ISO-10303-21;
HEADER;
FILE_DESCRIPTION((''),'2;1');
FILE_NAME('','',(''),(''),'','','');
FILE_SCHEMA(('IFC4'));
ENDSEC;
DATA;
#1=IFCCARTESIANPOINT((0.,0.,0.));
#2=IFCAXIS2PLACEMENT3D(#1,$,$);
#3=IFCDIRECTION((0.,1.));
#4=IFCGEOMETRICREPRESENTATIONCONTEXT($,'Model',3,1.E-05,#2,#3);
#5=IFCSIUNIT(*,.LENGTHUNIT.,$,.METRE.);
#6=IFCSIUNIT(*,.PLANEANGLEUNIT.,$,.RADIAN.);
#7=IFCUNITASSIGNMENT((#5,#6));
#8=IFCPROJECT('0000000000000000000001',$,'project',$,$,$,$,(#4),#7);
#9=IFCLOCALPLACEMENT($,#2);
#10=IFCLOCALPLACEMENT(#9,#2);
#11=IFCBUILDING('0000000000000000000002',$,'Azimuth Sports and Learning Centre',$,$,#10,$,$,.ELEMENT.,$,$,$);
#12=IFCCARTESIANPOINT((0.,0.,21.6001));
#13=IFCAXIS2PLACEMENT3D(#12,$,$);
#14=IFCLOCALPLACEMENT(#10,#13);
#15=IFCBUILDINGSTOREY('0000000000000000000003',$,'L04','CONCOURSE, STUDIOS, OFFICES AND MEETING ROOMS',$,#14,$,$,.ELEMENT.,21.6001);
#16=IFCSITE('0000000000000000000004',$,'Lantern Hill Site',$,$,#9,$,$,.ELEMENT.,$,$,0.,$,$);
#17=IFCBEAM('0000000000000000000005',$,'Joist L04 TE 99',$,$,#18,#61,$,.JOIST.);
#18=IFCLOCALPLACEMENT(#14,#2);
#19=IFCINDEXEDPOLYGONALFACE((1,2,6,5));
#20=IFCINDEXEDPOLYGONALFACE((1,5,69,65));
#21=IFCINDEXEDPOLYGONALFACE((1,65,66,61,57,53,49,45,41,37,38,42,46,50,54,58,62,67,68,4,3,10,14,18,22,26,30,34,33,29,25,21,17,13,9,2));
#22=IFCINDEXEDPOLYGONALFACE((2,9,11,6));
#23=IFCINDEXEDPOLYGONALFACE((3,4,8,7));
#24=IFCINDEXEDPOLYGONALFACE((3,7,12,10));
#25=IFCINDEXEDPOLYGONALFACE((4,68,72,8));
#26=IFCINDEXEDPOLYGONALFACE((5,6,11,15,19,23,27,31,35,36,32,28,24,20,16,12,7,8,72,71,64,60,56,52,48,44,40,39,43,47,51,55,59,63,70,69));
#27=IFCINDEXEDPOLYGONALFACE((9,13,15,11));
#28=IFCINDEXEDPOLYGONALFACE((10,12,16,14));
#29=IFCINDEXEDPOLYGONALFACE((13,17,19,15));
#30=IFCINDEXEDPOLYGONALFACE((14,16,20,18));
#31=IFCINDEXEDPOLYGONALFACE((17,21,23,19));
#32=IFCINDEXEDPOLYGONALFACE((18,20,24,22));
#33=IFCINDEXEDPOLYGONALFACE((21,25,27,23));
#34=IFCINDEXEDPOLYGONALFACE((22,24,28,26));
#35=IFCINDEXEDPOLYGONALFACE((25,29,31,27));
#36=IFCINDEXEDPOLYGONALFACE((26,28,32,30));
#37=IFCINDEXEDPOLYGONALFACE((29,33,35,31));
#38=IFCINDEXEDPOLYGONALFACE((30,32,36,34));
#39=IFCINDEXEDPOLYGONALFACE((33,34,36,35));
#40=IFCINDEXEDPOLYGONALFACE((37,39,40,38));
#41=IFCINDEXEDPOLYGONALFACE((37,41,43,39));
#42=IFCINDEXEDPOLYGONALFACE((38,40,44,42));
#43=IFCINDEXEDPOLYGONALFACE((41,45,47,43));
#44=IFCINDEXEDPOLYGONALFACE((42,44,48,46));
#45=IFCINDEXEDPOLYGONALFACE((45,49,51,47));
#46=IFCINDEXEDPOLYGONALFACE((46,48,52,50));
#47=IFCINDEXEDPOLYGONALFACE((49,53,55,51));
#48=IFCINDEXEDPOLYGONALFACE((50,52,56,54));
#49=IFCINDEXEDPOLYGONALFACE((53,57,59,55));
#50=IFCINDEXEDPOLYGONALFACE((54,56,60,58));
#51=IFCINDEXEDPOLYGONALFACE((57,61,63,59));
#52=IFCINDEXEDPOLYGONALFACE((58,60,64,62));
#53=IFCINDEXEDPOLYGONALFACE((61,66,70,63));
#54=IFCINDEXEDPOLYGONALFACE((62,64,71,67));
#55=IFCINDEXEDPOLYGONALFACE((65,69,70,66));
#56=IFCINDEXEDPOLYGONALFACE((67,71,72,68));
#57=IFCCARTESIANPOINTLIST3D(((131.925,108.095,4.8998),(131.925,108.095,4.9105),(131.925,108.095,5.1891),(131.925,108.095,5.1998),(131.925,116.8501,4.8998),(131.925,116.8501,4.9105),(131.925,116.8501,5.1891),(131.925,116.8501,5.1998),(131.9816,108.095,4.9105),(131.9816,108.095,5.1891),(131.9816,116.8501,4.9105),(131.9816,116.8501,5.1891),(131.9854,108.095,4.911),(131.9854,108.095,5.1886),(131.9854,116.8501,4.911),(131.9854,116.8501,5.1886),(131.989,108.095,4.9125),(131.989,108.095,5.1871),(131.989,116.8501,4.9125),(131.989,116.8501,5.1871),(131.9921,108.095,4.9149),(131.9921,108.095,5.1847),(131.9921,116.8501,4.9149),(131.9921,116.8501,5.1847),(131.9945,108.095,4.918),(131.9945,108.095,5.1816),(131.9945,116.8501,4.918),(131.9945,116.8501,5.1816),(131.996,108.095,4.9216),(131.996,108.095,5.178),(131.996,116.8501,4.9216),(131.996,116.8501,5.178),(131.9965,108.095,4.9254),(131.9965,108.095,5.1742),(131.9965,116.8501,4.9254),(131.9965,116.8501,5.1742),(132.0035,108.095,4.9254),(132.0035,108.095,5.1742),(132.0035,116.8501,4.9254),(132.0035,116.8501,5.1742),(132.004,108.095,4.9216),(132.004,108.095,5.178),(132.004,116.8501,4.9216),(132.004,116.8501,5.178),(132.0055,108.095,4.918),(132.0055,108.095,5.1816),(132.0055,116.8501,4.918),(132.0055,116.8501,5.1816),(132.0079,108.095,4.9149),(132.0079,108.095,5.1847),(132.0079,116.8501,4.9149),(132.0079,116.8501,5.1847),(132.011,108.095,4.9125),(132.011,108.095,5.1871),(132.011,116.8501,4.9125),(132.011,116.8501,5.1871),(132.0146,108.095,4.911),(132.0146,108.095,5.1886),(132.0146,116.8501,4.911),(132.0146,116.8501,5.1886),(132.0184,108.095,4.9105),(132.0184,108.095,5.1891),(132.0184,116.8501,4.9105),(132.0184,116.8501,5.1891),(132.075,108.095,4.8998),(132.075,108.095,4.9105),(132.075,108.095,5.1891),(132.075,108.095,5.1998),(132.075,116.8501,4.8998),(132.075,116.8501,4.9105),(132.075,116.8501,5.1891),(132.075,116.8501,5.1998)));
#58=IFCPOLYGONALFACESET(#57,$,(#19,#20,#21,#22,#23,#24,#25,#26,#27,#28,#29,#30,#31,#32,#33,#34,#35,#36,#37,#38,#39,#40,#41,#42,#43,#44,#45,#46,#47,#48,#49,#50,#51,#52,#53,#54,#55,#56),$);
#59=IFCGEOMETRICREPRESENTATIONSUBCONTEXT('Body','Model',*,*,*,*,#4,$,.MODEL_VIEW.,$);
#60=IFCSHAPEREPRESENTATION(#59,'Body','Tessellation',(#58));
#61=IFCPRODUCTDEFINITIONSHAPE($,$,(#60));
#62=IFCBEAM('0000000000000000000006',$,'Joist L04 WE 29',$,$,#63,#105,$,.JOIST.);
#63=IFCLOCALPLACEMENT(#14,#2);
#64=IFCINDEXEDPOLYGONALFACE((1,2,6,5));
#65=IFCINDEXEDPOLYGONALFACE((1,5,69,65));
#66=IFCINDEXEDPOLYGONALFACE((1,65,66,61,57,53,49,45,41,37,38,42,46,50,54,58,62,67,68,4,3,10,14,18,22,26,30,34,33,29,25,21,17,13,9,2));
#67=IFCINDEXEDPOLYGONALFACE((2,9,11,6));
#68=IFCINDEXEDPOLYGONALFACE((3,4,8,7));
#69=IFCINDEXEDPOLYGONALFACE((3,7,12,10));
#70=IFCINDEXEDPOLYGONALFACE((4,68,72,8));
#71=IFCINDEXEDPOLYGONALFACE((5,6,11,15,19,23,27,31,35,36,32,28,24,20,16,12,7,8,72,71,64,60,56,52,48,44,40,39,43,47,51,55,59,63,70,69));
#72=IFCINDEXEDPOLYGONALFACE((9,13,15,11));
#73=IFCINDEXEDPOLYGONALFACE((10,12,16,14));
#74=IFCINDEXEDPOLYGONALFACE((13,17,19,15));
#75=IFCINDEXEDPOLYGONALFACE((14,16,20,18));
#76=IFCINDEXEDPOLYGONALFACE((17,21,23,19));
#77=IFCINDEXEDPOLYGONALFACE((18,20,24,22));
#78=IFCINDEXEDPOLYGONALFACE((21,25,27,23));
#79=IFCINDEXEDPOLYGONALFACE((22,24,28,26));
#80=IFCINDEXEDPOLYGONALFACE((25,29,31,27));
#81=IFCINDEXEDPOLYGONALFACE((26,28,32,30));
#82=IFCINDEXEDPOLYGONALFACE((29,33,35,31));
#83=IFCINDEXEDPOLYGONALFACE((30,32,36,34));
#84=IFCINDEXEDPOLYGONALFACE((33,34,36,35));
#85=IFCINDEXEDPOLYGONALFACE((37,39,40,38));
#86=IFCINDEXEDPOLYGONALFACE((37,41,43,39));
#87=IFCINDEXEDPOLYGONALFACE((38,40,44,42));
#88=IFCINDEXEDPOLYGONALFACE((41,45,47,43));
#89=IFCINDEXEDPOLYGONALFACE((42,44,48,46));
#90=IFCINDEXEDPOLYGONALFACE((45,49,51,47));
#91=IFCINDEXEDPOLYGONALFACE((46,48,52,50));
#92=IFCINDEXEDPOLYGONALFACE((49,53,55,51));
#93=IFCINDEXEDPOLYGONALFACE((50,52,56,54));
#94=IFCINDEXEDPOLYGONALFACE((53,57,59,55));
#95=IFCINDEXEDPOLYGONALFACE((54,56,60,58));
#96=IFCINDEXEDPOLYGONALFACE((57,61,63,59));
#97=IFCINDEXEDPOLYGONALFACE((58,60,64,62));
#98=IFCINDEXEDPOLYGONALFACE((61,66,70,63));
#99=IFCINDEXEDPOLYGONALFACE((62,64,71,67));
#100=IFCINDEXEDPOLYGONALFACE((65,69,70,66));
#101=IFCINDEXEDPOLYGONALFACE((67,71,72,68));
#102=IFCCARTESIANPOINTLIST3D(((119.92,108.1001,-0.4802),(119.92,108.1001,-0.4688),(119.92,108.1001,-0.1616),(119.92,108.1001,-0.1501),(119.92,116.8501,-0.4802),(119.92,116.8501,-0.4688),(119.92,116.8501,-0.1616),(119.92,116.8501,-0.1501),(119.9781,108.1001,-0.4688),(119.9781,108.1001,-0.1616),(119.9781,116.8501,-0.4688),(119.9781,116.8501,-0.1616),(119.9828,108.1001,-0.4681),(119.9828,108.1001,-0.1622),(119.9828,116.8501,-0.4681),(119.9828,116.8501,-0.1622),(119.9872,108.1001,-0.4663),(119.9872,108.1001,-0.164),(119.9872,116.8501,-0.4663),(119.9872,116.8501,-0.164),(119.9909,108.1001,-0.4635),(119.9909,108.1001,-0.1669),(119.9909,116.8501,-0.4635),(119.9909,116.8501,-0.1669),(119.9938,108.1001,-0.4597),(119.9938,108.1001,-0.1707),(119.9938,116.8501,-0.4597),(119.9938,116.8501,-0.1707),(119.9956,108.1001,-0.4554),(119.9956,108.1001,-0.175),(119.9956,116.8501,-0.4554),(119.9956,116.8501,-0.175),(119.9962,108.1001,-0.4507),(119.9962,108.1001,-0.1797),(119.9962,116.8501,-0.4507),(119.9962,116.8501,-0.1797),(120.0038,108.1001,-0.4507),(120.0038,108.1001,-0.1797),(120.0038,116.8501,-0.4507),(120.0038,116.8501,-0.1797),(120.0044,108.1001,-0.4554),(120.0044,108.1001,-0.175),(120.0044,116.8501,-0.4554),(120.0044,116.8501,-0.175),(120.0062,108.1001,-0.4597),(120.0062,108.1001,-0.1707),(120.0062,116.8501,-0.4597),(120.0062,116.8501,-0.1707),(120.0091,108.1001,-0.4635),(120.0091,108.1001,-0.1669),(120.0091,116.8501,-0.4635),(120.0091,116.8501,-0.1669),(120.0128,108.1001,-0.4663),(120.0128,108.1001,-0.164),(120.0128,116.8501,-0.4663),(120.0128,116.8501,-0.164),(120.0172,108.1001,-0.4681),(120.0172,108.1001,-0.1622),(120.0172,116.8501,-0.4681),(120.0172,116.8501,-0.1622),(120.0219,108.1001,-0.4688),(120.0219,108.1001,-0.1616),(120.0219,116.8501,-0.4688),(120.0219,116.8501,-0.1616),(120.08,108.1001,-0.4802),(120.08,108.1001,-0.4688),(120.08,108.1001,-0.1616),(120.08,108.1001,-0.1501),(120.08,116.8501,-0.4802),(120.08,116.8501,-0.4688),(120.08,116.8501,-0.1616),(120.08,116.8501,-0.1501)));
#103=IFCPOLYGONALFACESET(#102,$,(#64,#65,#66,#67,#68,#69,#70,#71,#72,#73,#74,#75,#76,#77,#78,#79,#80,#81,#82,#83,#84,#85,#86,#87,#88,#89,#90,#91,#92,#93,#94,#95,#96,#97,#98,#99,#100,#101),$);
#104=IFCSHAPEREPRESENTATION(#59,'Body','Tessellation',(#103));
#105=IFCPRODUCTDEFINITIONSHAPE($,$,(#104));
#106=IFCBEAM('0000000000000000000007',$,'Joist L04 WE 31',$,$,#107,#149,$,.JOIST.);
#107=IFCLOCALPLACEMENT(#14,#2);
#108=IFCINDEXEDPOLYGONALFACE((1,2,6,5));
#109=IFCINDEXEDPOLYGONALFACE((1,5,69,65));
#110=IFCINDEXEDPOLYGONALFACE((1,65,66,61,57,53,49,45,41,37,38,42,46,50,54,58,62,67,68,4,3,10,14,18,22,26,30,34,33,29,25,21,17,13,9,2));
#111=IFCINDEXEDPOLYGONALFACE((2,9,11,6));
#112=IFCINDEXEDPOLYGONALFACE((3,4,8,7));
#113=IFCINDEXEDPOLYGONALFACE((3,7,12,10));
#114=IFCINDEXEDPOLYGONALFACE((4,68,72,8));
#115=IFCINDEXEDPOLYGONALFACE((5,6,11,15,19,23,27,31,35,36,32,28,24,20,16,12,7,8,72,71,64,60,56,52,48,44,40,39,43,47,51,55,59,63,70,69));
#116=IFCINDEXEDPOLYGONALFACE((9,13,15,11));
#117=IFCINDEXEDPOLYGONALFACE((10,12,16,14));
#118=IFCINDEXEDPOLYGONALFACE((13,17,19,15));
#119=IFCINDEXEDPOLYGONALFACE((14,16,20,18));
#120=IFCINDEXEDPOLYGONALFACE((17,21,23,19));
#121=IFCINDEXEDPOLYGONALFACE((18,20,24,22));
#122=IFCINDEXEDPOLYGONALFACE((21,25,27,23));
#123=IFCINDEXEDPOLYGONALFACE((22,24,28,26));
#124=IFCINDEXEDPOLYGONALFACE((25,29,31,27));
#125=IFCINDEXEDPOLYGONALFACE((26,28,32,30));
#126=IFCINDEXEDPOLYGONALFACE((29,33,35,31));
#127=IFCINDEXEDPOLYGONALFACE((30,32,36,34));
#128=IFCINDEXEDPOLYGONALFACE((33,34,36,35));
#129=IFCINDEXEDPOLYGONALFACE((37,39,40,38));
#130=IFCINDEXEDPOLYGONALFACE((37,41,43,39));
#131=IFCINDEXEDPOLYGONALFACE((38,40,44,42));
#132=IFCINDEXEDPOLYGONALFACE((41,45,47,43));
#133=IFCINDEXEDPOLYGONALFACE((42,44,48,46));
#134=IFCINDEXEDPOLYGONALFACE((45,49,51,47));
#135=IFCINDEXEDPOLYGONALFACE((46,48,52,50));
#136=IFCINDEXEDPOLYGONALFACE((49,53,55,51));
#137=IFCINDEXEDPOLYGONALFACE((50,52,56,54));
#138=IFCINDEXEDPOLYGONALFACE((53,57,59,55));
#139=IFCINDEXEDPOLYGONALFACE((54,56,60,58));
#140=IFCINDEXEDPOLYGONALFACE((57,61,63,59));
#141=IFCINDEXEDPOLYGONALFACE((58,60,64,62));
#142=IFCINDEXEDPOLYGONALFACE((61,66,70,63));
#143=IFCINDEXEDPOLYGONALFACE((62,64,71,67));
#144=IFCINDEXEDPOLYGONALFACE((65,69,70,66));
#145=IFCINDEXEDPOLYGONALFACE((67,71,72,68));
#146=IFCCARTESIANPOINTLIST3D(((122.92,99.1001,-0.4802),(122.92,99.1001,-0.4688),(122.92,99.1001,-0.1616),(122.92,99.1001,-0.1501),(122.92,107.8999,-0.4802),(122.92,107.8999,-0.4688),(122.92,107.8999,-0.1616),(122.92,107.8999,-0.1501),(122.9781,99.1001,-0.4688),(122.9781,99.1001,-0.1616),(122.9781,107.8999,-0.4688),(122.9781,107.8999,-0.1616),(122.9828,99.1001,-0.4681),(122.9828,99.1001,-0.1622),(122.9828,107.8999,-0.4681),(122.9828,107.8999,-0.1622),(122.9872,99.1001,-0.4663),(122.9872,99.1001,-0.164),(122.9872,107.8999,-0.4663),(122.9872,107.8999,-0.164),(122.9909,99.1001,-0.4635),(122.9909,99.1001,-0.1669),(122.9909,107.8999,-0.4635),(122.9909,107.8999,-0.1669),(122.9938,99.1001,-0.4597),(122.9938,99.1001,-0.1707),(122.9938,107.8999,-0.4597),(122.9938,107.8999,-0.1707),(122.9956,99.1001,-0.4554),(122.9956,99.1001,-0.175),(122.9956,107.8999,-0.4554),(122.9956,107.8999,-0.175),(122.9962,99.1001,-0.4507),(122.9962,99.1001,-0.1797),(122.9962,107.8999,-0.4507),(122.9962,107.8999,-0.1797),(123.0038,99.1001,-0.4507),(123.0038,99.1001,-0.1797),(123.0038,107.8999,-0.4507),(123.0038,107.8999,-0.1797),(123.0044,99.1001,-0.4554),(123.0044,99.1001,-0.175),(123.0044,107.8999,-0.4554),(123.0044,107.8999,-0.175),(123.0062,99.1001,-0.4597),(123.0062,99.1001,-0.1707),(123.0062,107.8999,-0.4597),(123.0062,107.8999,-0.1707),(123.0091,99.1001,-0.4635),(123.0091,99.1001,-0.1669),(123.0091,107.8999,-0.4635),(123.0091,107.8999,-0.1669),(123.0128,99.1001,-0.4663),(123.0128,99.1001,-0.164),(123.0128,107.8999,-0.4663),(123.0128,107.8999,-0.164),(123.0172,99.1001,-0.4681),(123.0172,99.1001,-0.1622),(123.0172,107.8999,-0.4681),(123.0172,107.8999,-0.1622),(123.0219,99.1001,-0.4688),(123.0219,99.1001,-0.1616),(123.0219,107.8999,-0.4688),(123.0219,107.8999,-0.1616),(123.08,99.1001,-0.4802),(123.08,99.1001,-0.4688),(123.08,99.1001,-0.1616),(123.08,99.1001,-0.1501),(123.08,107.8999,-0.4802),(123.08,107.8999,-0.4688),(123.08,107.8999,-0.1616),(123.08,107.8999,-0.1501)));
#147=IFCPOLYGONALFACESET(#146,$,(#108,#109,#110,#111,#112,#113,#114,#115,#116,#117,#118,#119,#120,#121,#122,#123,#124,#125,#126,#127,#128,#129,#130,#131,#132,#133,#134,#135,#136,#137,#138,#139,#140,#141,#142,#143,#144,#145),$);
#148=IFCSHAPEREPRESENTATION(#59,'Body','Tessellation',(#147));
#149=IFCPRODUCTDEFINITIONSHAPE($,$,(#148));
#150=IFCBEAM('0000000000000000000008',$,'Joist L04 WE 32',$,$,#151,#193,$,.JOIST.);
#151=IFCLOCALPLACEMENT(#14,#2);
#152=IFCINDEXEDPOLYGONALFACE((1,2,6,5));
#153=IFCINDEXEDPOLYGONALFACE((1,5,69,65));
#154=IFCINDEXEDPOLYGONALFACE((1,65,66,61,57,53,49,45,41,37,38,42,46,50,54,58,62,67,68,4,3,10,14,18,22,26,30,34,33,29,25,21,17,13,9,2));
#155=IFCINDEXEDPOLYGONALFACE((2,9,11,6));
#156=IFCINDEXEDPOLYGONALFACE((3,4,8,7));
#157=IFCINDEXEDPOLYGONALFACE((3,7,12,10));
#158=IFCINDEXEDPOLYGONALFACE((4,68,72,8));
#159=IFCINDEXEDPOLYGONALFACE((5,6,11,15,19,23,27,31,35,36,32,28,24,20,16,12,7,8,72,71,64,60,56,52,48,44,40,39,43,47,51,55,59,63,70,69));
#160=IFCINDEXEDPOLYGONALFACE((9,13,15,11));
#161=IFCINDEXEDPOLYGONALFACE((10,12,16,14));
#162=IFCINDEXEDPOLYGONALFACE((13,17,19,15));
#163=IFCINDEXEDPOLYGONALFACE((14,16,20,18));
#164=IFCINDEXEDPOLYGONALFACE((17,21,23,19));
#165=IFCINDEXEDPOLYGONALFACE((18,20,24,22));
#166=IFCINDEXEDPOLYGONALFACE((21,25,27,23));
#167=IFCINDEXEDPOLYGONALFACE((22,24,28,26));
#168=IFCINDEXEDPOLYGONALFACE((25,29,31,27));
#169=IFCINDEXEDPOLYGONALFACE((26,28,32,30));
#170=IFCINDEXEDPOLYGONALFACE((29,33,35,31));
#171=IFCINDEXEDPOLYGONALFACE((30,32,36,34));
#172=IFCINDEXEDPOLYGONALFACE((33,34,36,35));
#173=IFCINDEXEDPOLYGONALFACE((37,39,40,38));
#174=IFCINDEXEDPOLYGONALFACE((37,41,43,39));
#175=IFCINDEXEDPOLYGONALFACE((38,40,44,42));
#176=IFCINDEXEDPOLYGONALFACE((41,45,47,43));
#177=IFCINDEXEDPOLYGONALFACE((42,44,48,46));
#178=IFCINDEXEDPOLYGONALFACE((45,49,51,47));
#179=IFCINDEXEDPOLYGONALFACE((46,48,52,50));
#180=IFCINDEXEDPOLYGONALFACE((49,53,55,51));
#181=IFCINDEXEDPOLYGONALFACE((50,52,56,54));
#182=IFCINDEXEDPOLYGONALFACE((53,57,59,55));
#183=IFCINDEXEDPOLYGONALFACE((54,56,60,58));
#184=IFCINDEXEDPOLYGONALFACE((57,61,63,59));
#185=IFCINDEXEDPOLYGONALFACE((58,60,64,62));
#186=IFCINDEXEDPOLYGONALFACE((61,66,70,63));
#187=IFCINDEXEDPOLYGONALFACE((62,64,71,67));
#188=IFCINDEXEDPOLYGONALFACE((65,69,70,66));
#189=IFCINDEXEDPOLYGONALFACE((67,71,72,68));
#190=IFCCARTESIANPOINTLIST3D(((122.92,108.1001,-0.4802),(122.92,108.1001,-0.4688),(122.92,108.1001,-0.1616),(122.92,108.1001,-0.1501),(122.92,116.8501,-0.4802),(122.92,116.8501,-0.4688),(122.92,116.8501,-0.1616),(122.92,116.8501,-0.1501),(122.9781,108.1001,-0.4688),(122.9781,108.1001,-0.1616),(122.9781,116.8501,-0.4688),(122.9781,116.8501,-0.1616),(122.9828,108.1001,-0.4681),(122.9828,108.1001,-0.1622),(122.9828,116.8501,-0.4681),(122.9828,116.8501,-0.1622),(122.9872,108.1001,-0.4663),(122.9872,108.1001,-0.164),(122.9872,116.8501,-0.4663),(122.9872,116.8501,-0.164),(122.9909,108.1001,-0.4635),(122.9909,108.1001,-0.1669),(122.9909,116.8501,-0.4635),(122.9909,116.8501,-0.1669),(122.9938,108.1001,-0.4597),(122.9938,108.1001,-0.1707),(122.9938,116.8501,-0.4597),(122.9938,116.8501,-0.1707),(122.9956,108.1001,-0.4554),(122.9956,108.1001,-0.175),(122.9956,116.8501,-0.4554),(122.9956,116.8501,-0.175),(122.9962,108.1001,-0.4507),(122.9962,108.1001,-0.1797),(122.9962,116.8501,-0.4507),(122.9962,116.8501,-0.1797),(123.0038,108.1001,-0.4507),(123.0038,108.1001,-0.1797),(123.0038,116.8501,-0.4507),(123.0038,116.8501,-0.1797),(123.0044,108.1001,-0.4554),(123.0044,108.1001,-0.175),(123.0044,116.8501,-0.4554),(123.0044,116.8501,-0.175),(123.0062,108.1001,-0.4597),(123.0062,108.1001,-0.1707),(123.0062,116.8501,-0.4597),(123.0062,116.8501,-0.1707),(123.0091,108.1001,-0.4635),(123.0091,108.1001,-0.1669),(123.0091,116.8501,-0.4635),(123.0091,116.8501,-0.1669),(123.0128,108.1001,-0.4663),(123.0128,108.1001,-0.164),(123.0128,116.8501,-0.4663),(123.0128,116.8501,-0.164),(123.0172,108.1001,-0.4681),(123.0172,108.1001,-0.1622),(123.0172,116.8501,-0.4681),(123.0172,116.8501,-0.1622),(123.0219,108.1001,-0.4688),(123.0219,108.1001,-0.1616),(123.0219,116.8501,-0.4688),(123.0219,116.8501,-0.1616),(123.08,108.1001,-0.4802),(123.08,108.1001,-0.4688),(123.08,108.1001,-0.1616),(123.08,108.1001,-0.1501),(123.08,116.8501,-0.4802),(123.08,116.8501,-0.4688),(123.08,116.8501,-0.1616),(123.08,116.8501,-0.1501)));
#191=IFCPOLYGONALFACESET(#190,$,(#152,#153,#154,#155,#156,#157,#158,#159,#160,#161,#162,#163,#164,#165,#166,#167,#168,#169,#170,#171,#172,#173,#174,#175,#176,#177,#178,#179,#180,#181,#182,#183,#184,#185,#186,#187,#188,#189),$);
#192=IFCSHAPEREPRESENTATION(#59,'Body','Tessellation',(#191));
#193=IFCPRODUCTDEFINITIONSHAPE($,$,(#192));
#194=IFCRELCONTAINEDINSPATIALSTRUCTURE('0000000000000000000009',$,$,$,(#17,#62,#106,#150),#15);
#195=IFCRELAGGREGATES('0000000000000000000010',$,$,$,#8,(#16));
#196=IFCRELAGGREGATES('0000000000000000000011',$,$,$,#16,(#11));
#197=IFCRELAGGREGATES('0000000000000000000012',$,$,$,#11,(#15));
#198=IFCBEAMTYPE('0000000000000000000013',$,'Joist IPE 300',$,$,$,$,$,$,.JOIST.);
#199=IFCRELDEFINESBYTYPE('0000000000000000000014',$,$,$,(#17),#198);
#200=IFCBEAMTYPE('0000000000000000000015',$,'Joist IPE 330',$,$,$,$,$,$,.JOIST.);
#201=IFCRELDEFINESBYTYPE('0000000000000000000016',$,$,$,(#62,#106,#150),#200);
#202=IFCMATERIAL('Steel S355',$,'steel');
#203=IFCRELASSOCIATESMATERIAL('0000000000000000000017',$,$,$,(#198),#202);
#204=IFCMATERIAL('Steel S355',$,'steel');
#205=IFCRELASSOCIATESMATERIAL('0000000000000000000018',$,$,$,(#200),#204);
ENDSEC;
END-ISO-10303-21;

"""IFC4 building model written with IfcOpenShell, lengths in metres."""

from ifc_helpers import new_model, si_unit, direction, frame, origin, origin_2d, place, context, subcontext, project, spatial, i_section, extrude, material, material_profile, profile_set, type_object, element, save


model = new_model("IFC4")

# Units and contexts
model_context = context("Model", 3, precision=1e-05, world=origin(), true_north=direction((0.0, 1.0)))
body_context = subcontext(model_context, "Body", "Model", "MODEL_VIEW")
ifc_project = project(units=[si_unit("LENGTHUNIT", "METRE"), si_unit("PLANEANGLEUNIT", "RADIAN")], contexts=[model_context])

# Site, building, storey
site_placement = place(None, origin())
site = spatial("IfcSite", under=ifc_project, at=site_placement, Name="Lantern Hill Site", CompositionType="ELEMENT", RefElevation=0.0)
building_placement = place(site_placement, origin())
building = spatial("IfcBuilding", under=site, at=building_placement, Name="Azimuth Sports and Learning Centre", CompositionType="ELEMENT")
storey_placement = place(building_placement, frame((0.0, 0.0, 21.6001)))
storey = spatial("IfcBuildingStorey", under=building, at=storey_placement, Name="L04", Description="CONCOURSE, STUDIOS, OFFICES AND MEETING ROOMS", CompositionType="ELEMENT", Elevation=21.6001)

# Beams
ifc_material_1 = material(Name="Steel S355", Category="steel")
ifc_material_profile_1 = material_profile(ifc_material_1, i_section(OverallWidth=0.1499, OverallDepth=0.3, WebThickness=0.0071, FlangeThickness=0.0107, FilletRadius=0.0149, at=origin_2d()), Name="IPE 300")
ifc_profile_set_1 = profile_set([ifc_material_profile_1], Name="Steel S355")
beam_type_1 = type_object("IfcBeamType", Name="Joist IPE 300", PredefinedType="JOIST", material=ifc_profile_set_1)
for number, where, z_axis, x_axis, name in (
    (1, (132.0, 108.095, 5.0498), (0.0, 1.0, 0.0), (-1.0, 0.0, 0.0), "Joist L04 TE 99"),
):
    element("IfcBeam", number, at=place(storey_placement, frame(where, z_axis=z_axis, x_axis=x_axis)), inside=storey, type_object=beam_type_1, Name=name, PredefinedType="JOIST", context=body_context, shape_type="SweptSolid", body=[
        extrude(i_section(OverallWidth=0.1499, OverallDepth=0.3, WebThickness=0.0071, FlangeThickness=0.0107, FilletRadius=0.0149, at=origin_2d()), origin(), (0.0, 0.0, 1.0), 8.7551),
    ])
ifc_material_2 = material(Name="Steel S355", Category="steel")
ifc_material_profile_2 = material_profile(ifc_material_2, i_section(OverallWidth=0.1599, OverallDepth=0.3301, WebThickness=0.0076, FlangeThickness=0.0115, FilletRadius=0.0181, at=origin_2d()), Name="IPE 330")
ifc_profile_set_2 = profile_set([ifc_material_profile_2], Name="Steel S355")
beam_type_2 = type_object("IfcBeamType", Name="Joist IPE 330", PredefinedType="JOIST", material=ifc_profile_set_2)
beam_1_placement = place(storey_placement, frame((120.0, 108.1001, -0.3152), z_axis=(0.0, 1.0, 0.0), x_axis=(-1.0, 0.0, 0.0)))
element("IfcBeam", 2, at=beam_1_placement, inside=storey, type_object=beam_type_2, Name="Joist L04 WE 29", PredefinedType="JOIST", context=body_context, shape_type="SweptSolid", body=[
    extrude(i_section(OverallWidth=0.1599, OverallDepth=0.3301, WebThickness=0.0076, FlangeThickness=0.0115, FilletRadius=0.0181, at=origin_2d()), origin(), (0.0, 0.0, 1.0), 8.75),
])
beam_2_placement = place(storey_placement, frame((123.0, 99.1001, -0.3152), z_axis=(0.0, 1.0, 0.0), x_axis=(-1.0, 0.0, 0.0)))
element("IfcBeam", 3, at=beam_2_placement, inside=storey, type_object=beam_type_2, Name="Joist L04 WE 31", PredefinedType="JOIST", context=body_context, shape_type="SweptSolid", body=[
    extrude(i_section(OverallWidth=0.1599, OverallDepth=0.3301, WebThickness=0.0076, FlangeThickness=0.0115, FilletRadius=0.0181, at=origin_2d()), origin(), (0.0, 0.0, 1.0), 8.7998),
])
beam_3_placement = place(storey_placement, frame((123.0, 108.1001, -0.3152), z_axis=(0.0, 1.0, 0.0), x_axis=(-1.0, 0.0, 0.0)))
element("IfcBeam", 4, at=beam_3_placement, inside=storey, type_object=beam_type_2, Name="Joist L04 WE 32", PredefinedType="JOIST", context=body_context, shape_type="SweptSolid", body=[
    extrude(i_section(OverallWidth=0.1599, OverallDepth=0.3301, WebThickness=0.0076, FlangeThickness=0.0115, FilletRadius=0.0181, at=origin_2d()), origin(), (0.0, 0.0, 1.0), 8.75),
])

save(model, "model.ifc")
